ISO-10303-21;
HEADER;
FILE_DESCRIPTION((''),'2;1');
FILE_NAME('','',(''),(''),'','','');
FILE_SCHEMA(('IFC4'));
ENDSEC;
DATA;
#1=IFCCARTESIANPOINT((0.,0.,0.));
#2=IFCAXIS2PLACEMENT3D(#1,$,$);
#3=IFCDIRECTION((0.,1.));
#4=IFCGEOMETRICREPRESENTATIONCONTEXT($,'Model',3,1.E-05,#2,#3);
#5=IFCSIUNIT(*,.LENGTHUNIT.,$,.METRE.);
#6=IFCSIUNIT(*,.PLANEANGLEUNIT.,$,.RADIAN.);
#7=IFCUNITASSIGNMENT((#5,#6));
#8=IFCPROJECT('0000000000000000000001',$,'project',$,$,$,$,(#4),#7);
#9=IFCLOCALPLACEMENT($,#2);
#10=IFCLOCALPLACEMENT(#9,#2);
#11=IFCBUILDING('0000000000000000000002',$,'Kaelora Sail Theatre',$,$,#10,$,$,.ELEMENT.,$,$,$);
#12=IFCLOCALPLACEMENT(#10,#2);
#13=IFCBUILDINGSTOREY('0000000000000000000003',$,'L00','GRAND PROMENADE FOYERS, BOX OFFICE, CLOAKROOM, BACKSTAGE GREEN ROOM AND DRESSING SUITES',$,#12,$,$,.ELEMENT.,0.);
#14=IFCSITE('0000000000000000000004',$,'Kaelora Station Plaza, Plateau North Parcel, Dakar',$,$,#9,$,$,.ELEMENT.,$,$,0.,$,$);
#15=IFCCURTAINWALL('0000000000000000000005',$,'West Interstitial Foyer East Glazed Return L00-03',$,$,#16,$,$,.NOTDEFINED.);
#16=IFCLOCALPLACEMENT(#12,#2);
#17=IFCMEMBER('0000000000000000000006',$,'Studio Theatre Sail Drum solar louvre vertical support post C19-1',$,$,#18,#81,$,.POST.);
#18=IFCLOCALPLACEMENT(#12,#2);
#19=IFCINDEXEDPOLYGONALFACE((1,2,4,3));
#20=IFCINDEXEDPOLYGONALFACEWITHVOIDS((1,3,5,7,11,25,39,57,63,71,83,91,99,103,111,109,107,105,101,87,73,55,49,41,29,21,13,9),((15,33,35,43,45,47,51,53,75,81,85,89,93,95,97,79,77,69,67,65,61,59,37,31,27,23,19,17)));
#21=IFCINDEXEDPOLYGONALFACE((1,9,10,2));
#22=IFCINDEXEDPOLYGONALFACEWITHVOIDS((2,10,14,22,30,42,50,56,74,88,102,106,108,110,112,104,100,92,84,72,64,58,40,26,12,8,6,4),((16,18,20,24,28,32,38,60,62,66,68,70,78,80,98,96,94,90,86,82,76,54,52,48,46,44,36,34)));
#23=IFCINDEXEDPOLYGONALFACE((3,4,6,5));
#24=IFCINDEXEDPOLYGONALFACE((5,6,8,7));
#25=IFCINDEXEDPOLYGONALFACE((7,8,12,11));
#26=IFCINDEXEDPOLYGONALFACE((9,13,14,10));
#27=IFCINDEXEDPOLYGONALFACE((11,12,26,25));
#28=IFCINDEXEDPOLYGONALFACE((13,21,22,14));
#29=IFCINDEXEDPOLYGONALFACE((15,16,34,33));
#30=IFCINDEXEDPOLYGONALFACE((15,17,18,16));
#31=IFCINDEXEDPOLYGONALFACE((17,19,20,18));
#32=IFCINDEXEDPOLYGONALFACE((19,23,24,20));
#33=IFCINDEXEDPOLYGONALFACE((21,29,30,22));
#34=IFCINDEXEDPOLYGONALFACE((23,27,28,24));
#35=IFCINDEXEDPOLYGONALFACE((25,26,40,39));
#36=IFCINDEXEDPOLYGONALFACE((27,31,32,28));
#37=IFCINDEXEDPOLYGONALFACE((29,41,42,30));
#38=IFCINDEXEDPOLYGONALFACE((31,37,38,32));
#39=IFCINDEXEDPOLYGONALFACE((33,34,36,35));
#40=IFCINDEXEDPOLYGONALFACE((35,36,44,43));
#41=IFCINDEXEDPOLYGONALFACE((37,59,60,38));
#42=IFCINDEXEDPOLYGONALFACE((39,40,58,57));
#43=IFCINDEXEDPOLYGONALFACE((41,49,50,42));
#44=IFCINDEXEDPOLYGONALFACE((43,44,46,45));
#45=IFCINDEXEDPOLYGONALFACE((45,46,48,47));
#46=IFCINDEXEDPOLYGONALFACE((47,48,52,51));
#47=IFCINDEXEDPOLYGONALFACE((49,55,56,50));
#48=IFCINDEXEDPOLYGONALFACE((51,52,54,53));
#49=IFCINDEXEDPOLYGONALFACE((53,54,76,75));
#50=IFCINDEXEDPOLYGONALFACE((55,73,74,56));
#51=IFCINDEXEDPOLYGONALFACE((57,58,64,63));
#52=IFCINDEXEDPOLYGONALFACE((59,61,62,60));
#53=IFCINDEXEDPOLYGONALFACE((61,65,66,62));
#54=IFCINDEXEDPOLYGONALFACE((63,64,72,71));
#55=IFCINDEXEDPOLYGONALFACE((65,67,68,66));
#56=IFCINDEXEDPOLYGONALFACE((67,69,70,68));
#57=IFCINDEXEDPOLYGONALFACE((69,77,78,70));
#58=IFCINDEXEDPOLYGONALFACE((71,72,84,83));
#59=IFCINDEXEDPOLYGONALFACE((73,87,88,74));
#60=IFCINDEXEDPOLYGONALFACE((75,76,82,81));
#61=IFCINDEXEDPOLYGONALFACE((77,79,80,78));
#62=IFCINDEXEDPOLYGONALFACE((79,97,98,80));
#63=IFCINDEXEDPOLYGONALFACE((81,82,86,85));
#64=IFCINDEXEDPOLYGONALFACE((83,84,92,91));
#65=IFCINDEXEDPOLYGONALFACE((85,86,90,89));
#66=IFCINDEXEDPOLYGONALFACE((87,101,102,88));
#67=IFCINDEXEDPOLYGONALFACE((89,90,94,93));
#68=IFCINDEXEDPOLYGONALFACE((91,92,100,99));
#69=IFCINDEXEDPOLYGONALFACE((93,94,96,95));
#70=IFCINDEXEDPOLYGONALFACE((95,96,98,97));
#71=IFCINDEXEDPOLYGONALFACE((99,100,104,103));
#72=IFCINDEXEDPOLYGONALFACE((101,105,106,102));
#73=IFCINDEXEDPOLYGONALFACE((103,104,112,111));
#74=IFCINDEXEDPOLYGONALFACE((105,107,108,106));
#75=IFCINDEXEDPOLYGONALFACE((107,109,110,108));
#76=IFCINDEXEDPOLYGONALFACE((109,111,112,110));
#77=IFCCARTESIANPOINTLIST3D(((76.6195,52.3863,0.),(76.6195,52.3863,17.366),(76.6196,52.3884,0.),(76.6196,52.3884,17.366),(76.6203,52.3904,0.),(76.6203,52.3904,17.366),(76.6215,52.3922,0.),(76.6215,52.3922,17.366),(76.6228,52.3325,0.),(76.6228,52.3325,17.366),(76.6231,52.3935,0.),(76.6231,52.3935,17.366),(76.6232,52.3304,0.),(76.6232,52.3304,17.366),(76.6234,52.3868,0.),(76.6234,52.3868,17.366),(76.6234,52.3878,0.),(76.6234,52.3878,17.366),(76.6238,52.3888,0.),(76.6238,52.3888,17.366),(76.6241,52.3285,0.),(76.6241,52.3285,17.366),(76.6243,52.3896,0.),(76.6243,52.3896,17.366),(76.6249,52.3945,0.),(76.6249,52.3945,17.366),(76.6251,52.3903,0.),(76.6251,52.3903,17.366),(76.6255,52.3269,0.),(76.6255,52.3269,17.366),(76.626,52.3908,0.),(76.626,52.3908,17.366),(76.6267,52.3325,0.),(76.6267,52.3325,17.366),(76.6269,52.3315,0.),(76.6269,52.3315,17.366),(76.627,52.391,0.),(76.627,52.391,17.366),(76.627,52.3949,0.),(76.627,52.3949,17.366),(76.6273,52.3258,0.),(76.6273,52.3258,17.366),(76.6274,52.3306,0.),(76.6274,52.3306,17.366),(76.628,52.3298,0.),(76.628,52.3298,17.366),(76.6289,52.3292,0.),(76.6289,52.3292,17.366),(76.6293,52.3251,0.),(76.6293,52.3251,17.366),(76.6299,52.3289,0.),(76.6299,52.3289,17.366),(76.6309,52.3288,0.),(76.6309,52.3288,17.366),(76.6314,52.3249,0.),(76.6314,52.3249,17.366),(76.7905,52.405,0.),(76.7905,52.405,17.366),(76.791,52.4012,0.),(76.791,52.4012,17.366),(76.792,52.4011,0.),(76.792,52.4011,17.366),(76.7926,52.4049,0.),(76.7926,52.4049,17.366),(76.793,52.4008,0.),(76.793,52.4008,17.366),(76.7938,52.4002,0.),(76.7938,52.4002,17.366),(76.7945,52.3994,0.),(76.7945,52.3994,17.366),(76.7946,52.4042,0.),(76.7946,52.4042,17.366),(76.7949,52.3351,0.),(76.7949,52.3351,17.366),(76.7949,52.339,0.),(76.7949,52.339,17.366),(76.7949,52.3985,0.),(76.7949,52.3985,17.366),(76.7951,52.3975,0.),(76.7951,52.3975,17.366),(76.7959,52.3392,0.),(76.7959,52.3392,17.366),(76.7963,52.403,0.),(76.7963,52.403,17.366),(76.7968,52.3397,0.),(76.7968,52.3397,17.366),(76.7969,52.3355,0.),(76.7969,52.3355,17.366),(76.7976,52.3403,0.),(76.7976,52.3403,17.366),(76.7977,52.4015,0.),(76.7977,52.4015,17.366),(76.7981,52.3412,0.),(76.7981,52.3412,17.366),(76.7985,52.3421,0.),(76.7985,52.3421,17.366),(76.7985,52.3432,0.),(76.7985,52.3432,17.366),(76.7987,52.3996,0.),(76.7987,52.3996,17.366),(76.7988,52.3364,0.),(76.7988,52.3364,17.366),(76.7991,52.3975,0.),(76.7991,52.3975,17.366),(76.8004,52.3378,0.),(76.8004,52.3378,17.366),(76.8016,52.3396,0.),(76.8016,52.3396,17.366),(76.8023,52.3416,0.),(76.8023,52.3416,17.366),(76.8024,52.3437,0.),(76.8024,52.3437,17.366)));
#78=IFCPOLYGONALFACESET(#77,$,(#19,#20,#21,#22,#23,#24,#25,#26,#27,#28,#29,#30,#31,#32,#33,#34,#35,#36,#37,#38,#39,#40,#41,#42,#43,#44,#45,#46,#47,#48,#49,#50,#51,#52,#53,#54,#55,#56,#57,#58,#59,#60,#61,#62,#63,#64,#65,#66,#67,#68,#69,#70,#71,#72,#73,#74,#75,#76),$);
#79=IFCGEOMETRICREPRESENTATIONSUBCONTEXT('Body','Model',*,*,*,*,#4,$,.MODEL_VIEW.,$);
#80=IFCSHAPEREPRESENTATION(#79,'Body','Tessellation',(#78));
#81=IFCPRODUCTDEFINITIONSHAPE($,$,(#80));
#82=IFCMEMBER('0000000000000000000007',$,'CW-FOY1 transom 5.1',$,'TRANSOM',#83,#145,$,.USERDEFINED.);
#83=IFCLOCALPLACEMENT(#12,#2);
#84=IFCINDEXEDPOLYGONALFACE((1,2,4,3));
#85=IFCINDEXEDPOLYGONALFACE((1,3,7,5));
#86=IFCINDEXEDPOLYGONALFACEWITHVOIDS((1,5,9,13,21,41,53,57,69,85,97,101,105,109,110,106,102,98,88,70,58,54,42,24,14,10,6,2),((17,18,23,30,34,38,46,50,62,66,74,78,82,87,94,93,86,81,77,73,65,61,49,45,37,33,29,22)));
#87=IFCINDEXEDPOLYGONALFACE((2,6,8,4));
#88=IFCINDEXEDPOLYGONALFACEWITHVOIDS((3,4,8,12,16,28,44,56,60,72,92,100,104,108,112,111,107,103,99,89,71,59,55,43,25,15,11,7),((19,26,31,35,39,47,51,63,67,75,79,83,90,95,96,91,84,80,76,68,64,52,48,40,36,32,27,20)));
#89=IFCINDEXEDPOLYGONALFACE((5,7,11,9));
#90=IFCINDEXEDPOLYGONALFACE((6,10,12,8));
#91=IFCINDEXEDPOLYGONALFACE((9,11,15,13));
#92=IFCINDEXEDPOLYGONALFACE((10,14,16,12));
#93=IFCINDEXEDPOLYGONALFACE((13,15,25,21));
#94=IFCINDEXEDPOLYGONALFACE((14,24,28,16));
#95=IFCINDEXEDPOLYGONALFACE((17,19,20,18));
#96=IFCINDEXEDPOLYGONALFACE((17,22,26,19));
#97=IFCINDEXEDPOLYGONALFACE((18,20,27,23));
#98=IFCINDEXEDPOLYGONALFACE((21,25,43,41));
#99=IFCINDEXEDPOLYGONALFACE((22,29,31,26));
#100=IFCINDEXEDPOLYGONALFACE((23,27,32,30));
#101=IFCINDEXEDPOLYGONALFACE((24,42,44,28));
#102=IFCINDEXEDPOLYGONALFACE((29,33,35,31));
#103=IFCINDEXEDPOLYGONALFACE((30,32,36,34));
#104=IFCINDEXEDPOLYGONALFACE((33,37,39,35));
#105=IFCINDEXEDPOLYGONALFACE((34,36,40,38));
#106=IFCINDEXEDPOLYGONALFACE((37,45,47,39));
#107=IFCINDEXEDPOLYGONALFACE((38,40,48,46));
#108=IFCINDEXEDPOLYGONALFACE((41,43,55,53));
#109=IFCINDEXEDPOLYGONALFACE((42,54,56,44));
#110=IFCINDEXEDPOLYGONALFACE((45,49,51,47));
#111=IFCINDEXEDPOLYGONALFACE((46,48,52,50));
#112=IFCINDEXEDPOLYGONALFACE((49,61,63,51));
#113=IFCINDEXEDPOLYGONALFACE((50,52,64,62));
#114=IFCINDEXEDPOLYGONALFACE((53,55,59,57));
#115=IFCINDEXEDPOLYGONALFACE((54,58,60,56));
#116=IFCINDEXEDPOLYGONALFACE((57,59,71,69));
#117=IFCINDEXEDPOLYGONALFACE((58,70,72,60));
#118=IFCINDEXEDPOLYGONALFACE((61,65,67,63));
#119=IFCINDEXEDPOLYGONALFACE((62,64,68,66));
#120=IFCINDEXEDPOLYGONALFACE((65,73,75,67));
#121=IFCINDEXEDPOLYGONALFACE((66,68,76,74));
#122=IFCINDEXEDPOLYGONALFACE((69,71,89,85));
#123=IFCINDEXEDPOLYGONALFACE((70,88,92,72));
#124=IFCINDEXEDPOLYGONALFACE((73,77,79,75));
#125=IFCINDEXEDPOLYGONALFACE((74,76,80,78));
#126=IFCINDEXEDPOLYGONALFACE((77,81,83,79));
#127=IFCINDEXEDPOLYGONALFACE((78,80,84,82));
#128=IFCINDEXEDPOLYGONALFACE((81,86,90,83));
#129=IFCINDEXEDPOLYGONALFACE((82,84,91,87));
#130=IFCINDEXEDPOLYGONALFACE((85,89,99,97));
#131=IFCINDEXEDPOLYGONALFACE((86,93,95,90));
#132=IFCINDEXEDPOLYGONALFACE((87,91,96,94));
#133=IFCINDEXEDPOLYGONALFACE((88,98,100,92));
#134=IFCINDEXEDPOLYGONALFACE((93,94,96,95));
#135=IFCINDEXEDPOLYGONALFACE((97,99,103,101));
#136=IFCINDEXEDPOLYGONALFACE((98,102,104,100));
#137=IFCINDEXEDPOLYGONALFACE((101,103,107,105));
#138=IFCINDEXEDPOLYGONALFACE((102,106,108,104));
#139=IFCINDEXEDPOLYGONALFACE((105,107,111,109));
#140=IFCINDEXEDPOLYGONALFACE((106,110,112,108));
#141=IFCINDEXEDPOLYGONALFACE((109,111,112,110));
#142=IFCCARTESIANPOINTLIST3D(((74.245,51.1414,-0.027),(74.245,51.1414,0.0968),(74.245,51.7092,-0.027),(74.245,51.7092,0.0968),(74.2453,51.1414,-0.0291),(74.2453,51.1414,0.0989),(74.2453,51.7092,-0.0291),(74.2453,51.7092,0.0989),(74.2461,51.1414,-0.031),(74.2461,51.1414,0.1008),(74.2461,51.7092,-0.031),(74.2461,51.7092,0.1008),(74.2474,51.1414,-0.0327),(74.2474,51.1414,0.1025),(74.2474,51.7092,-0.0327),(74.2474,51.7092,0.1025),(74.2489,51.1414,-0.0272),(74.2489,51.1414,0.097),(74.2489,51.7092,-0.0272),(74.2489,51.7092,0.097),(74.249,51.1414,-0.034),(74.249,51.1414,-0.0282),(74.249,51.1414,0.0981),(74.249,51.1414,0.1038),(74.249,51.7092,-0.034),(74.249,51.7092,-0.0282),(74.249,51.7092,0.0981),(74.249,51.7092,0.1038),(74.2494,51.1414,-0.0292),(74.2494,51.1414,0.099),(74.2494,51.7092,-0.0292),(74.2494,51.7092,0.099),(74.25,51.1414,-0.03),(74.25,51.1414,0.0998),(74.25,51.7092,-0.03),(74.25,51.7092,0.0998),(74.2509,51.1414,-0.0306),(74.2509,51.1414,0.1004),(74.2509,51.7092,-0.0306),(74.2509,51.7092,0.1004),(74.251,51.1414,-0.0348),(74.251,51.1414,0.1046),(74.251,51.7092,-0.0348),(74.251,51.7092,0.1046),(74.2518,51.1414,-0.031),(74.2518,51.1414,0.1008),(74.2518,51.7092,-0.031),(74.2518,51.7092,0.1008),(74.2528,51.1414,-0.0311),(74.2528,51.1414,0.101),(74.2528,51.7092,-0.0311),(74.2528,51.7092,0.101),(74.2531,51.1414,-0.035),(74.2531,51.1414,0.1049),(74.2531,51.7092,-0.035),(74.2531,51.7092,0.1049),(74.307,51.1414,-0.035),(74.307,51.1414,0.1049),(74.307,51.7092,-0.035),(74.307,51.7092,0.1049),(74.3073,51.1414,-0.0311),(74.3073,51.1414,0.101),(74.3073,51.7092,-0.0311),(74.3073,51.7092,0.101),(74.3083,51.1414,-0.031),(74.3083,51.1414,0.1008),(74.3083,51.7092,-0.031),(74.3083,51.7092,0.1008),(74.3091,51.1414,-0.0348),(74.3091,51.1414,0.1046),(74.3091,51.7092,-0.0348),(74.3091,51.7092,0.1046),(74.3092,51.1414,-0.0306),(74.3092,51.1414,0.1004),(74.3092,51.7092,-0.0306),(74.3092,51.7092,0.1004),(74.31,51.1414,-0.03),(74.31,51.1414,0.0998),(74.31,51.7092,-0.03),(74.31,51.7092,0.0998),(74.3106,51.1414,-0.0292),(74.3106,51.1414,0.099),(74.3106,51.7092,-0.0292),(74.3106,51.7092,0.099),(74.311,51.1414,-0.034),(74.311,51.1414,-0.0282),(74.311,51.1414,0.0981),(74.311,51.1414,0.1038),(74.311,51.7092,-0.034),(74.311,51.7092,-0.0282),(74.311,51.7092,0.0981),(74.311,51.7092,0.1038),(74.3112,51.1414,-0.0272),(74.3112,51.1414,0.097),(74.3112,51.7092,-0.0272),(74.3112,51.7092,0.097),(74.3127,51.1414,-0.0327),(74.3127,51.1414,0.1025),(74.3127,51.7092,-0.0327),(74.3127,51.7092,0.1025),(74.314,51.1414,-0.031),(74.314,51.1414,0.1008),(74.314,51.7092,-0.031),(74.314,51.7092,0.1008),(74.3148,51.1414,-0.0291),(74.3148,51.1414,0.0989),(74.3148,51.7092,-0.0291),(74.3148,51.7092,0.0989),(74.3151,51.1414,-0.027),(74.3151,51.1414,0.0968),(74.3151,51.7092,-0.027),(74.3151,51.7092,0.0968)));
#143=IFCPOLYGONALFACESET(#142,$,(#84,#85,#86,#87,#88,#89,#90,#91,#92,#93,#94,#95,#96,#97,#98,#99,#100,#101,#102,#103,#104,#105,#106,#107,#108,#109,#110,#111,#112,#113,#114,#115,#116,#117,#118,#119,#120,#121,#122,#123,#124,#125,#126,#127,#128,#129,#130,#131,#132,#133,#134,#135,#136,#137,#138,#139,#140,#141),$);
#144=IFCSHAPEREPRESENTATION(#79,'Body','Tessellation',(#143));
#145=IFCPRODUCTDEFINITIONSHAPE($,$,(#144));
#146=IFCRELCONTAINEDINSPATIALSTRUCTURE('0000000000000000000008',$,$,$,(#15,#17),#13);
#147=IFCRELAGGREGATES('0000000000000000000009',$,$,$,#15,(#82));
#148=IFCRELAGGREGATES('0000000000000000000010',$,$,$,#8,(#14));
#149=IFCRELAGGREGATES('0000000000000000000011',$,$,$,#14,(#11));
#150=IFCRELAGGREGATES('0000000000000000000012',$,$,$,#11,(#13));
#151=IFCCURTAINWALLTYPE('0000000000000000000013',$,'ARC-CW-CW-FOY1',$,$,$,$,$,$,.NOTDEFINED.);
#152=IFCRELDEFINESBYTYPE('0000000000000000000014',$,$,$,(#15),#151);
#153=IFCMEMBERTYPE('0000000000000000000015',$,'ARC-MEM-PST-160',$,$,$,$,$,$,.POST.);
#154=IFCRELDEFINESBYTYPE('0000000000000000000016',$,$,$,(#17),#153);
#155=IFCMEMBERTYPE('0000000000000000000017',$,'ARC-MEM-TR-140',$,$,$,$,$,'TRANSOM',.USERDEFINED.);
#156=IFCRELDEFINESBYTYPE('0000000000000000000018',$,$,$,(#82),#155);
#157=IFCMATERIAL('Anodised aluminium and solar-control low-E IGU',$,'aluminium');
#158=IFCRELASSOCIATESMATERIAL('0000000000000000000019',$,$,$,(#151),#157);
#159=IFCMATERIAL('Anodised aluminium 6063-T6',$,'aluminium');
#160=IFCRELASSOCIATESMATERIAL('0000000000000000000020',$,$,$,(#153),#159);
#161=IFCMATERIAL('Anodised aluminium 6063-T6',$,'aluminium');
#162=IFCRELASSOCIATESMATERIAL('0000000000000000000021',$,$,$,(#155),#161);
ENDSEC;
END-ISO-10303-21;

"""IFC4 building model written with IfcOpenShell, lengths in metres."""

from ifc_helpers import new_model, si_unit, direction, frame, origin, origin_2d, place, context, subcontext, project, spatial, hollow_rectangle, extrude, material, material_profile, profile_set, type_object, element, aggregate, save


model = new_model("IFC4")

# Units and contexts
model_context = context("Model", 3, precision=1e-05, world=origin(), true_north=direction((0.0, 1.0)))
body_context = subcontext(model_context, "Body", "Model", "MODEL_VIEW")
ifc_project = project(units=[si_unit("LENGTHUNIT", "METRE"), si_unit("PLANEANGLEUNIT", "RADIAN")], contexts=[model_context])

# Site, building, storey
site_placement = place(None, origin())
site = spatial("IfcSite", under=ifc_project, at=site_placement, Name="Kaelora Station Plaza, Plateau North Parcel, Dakar", CompositionType="ELEMENT", RefElevation=0.0)
building_placement = place(site_placement, origin())
building = spatial("IfcBuilding", under=site, at=building_placement, Name="Kaelora Sail Theatre", CompositionType="ELEMENT")
storey_placement = place(building_placement, origin())
storey = spatial("IfcBuildingStorey", under=building, at=storey_placement, Name="L00", Description="GRAND PROMENADE FOYERS, BOX OFFICE, CLOAKROOM, BACKSTAGE GREEN ROOM AND DRESSING SUITES", CompositionType="ELEMENT", Elevation=0.0)

# Curtain wall
ifc_material_1 = material(Name="Anodised aluminium and solar-control low-E IGU", Category="aluminium")
curtain_wall_type = type_object("IfcCurtainWallType", Name="ARC-CW-CW-FOY1", PredefinedType="NOTDEFINED", material=ifc_material_1)
curtain_wall_placement = place(storey_placement, origin())
curtain_wall = element("IfcCurtainWall", 1, at=curtain_wall_placement, inside=storey, type_object=curtain_wall_type, Name="West Interstitial Foyer East Glazed Return L00-03", PredefinedType="NOTDEFINED")

# Member
ifc_material_2 = material(Name="Anodised aluminium 6063-T6", Category="aluminium")
ifc_material_profile_1 = material_profile(ifc_material_2, hollow_rectangle(XDim=0.0701, YDim=0.1799, WallThickness=0.0039, InnerFilletRadius=0.0039, OuterFilletRadius=0.0081, at=origin_2d()), Name="ALU-MULL 70x180x4")
ifc_profile_set_1 = profile_set([ifc_material_profile_1], Name="Anodised aluminium 6063-T6")
member_type_1 = type_object("IfcMemberType", Name="ARC-MEM-PST-160", PredefinedType="POST", material=ifc_profile_set_1)
member_1_placement = place(storey_placement, frame((76.7109, 52.365, 0.0), z_axis=(0.0, 0.0, 1.0), x_axis=(-0.062094, 0.99807, 0.0)))
element("IfcMember", 2, at=member_1_placement, inside=storey, type_object=member_type_1, Name="Studio Theatre Sail Drum solar louvre vertical support post C19-1", PredefinedType="POST", context=body_context, shape_type="SweptSolid", body=[
    extrude(hollow_rectangle(XDim=0.0701, YDim=0.1799, WallThickness=0.0039, InnerFilletRadius=0.0039, OuterFilletRadius=0.0081, at=origin_2d()), origin(), (0.0, 0.0, 1.0), 17.366),
])

# Member
ifc_material_3 = material(Name="Anodised aluminium 6063-T6", Category="aluminium")
ifc_material_profile_2 = material_profile(ifc_material_3, hollow_rectangle(XDim=0.0701, YDim=0.1399, WallThickness=0.0039, InnerFilletRadius=0.0039, OuterFilletRadius=0.0081, at=origin_2d()), Name="ALU-TRAN 70x140x4")
ifc_profile_set_2 = profile_set([ifc_material_profile_2], Name="Anodised aluminium 6063-T6")
member_type_2 = type_object("IfcMemberType", Name="ARC-MEM-TR-140", ElementType="TRANSOM", PredefinedType="USERDEFINED", material=ifc_profile_set_2)
member_2_placement = place(storey_placement, frame((74.28, 51.1414, 0.0349), z_axis=(0.0, 1.0, 0.0), x_axis=(-1.0, 0.0, 0.0)))
member_2 = element("IfcMember", 3, at=member_2_placement, type_object=member_type_2, Name="CW-FOY1 transom 5.1", ObjectType="TRANSOM", PredefinedType="USERDEFINED", context=body_context, shape_type="SweptSolid", body=[
    extrude(hollow_rectangle(XDim=0.0701, YDim=0.1399, WallThickness=0.0039, InnerFilletRadius=0.0039, OuterFilletRadius=0.0081, at=origin_2d()), origin(), (0.0, 0.0, 1.0), 0.5679),
])

aggregate(curtain_wall, [member_2])

save(model, "model.ifc")
